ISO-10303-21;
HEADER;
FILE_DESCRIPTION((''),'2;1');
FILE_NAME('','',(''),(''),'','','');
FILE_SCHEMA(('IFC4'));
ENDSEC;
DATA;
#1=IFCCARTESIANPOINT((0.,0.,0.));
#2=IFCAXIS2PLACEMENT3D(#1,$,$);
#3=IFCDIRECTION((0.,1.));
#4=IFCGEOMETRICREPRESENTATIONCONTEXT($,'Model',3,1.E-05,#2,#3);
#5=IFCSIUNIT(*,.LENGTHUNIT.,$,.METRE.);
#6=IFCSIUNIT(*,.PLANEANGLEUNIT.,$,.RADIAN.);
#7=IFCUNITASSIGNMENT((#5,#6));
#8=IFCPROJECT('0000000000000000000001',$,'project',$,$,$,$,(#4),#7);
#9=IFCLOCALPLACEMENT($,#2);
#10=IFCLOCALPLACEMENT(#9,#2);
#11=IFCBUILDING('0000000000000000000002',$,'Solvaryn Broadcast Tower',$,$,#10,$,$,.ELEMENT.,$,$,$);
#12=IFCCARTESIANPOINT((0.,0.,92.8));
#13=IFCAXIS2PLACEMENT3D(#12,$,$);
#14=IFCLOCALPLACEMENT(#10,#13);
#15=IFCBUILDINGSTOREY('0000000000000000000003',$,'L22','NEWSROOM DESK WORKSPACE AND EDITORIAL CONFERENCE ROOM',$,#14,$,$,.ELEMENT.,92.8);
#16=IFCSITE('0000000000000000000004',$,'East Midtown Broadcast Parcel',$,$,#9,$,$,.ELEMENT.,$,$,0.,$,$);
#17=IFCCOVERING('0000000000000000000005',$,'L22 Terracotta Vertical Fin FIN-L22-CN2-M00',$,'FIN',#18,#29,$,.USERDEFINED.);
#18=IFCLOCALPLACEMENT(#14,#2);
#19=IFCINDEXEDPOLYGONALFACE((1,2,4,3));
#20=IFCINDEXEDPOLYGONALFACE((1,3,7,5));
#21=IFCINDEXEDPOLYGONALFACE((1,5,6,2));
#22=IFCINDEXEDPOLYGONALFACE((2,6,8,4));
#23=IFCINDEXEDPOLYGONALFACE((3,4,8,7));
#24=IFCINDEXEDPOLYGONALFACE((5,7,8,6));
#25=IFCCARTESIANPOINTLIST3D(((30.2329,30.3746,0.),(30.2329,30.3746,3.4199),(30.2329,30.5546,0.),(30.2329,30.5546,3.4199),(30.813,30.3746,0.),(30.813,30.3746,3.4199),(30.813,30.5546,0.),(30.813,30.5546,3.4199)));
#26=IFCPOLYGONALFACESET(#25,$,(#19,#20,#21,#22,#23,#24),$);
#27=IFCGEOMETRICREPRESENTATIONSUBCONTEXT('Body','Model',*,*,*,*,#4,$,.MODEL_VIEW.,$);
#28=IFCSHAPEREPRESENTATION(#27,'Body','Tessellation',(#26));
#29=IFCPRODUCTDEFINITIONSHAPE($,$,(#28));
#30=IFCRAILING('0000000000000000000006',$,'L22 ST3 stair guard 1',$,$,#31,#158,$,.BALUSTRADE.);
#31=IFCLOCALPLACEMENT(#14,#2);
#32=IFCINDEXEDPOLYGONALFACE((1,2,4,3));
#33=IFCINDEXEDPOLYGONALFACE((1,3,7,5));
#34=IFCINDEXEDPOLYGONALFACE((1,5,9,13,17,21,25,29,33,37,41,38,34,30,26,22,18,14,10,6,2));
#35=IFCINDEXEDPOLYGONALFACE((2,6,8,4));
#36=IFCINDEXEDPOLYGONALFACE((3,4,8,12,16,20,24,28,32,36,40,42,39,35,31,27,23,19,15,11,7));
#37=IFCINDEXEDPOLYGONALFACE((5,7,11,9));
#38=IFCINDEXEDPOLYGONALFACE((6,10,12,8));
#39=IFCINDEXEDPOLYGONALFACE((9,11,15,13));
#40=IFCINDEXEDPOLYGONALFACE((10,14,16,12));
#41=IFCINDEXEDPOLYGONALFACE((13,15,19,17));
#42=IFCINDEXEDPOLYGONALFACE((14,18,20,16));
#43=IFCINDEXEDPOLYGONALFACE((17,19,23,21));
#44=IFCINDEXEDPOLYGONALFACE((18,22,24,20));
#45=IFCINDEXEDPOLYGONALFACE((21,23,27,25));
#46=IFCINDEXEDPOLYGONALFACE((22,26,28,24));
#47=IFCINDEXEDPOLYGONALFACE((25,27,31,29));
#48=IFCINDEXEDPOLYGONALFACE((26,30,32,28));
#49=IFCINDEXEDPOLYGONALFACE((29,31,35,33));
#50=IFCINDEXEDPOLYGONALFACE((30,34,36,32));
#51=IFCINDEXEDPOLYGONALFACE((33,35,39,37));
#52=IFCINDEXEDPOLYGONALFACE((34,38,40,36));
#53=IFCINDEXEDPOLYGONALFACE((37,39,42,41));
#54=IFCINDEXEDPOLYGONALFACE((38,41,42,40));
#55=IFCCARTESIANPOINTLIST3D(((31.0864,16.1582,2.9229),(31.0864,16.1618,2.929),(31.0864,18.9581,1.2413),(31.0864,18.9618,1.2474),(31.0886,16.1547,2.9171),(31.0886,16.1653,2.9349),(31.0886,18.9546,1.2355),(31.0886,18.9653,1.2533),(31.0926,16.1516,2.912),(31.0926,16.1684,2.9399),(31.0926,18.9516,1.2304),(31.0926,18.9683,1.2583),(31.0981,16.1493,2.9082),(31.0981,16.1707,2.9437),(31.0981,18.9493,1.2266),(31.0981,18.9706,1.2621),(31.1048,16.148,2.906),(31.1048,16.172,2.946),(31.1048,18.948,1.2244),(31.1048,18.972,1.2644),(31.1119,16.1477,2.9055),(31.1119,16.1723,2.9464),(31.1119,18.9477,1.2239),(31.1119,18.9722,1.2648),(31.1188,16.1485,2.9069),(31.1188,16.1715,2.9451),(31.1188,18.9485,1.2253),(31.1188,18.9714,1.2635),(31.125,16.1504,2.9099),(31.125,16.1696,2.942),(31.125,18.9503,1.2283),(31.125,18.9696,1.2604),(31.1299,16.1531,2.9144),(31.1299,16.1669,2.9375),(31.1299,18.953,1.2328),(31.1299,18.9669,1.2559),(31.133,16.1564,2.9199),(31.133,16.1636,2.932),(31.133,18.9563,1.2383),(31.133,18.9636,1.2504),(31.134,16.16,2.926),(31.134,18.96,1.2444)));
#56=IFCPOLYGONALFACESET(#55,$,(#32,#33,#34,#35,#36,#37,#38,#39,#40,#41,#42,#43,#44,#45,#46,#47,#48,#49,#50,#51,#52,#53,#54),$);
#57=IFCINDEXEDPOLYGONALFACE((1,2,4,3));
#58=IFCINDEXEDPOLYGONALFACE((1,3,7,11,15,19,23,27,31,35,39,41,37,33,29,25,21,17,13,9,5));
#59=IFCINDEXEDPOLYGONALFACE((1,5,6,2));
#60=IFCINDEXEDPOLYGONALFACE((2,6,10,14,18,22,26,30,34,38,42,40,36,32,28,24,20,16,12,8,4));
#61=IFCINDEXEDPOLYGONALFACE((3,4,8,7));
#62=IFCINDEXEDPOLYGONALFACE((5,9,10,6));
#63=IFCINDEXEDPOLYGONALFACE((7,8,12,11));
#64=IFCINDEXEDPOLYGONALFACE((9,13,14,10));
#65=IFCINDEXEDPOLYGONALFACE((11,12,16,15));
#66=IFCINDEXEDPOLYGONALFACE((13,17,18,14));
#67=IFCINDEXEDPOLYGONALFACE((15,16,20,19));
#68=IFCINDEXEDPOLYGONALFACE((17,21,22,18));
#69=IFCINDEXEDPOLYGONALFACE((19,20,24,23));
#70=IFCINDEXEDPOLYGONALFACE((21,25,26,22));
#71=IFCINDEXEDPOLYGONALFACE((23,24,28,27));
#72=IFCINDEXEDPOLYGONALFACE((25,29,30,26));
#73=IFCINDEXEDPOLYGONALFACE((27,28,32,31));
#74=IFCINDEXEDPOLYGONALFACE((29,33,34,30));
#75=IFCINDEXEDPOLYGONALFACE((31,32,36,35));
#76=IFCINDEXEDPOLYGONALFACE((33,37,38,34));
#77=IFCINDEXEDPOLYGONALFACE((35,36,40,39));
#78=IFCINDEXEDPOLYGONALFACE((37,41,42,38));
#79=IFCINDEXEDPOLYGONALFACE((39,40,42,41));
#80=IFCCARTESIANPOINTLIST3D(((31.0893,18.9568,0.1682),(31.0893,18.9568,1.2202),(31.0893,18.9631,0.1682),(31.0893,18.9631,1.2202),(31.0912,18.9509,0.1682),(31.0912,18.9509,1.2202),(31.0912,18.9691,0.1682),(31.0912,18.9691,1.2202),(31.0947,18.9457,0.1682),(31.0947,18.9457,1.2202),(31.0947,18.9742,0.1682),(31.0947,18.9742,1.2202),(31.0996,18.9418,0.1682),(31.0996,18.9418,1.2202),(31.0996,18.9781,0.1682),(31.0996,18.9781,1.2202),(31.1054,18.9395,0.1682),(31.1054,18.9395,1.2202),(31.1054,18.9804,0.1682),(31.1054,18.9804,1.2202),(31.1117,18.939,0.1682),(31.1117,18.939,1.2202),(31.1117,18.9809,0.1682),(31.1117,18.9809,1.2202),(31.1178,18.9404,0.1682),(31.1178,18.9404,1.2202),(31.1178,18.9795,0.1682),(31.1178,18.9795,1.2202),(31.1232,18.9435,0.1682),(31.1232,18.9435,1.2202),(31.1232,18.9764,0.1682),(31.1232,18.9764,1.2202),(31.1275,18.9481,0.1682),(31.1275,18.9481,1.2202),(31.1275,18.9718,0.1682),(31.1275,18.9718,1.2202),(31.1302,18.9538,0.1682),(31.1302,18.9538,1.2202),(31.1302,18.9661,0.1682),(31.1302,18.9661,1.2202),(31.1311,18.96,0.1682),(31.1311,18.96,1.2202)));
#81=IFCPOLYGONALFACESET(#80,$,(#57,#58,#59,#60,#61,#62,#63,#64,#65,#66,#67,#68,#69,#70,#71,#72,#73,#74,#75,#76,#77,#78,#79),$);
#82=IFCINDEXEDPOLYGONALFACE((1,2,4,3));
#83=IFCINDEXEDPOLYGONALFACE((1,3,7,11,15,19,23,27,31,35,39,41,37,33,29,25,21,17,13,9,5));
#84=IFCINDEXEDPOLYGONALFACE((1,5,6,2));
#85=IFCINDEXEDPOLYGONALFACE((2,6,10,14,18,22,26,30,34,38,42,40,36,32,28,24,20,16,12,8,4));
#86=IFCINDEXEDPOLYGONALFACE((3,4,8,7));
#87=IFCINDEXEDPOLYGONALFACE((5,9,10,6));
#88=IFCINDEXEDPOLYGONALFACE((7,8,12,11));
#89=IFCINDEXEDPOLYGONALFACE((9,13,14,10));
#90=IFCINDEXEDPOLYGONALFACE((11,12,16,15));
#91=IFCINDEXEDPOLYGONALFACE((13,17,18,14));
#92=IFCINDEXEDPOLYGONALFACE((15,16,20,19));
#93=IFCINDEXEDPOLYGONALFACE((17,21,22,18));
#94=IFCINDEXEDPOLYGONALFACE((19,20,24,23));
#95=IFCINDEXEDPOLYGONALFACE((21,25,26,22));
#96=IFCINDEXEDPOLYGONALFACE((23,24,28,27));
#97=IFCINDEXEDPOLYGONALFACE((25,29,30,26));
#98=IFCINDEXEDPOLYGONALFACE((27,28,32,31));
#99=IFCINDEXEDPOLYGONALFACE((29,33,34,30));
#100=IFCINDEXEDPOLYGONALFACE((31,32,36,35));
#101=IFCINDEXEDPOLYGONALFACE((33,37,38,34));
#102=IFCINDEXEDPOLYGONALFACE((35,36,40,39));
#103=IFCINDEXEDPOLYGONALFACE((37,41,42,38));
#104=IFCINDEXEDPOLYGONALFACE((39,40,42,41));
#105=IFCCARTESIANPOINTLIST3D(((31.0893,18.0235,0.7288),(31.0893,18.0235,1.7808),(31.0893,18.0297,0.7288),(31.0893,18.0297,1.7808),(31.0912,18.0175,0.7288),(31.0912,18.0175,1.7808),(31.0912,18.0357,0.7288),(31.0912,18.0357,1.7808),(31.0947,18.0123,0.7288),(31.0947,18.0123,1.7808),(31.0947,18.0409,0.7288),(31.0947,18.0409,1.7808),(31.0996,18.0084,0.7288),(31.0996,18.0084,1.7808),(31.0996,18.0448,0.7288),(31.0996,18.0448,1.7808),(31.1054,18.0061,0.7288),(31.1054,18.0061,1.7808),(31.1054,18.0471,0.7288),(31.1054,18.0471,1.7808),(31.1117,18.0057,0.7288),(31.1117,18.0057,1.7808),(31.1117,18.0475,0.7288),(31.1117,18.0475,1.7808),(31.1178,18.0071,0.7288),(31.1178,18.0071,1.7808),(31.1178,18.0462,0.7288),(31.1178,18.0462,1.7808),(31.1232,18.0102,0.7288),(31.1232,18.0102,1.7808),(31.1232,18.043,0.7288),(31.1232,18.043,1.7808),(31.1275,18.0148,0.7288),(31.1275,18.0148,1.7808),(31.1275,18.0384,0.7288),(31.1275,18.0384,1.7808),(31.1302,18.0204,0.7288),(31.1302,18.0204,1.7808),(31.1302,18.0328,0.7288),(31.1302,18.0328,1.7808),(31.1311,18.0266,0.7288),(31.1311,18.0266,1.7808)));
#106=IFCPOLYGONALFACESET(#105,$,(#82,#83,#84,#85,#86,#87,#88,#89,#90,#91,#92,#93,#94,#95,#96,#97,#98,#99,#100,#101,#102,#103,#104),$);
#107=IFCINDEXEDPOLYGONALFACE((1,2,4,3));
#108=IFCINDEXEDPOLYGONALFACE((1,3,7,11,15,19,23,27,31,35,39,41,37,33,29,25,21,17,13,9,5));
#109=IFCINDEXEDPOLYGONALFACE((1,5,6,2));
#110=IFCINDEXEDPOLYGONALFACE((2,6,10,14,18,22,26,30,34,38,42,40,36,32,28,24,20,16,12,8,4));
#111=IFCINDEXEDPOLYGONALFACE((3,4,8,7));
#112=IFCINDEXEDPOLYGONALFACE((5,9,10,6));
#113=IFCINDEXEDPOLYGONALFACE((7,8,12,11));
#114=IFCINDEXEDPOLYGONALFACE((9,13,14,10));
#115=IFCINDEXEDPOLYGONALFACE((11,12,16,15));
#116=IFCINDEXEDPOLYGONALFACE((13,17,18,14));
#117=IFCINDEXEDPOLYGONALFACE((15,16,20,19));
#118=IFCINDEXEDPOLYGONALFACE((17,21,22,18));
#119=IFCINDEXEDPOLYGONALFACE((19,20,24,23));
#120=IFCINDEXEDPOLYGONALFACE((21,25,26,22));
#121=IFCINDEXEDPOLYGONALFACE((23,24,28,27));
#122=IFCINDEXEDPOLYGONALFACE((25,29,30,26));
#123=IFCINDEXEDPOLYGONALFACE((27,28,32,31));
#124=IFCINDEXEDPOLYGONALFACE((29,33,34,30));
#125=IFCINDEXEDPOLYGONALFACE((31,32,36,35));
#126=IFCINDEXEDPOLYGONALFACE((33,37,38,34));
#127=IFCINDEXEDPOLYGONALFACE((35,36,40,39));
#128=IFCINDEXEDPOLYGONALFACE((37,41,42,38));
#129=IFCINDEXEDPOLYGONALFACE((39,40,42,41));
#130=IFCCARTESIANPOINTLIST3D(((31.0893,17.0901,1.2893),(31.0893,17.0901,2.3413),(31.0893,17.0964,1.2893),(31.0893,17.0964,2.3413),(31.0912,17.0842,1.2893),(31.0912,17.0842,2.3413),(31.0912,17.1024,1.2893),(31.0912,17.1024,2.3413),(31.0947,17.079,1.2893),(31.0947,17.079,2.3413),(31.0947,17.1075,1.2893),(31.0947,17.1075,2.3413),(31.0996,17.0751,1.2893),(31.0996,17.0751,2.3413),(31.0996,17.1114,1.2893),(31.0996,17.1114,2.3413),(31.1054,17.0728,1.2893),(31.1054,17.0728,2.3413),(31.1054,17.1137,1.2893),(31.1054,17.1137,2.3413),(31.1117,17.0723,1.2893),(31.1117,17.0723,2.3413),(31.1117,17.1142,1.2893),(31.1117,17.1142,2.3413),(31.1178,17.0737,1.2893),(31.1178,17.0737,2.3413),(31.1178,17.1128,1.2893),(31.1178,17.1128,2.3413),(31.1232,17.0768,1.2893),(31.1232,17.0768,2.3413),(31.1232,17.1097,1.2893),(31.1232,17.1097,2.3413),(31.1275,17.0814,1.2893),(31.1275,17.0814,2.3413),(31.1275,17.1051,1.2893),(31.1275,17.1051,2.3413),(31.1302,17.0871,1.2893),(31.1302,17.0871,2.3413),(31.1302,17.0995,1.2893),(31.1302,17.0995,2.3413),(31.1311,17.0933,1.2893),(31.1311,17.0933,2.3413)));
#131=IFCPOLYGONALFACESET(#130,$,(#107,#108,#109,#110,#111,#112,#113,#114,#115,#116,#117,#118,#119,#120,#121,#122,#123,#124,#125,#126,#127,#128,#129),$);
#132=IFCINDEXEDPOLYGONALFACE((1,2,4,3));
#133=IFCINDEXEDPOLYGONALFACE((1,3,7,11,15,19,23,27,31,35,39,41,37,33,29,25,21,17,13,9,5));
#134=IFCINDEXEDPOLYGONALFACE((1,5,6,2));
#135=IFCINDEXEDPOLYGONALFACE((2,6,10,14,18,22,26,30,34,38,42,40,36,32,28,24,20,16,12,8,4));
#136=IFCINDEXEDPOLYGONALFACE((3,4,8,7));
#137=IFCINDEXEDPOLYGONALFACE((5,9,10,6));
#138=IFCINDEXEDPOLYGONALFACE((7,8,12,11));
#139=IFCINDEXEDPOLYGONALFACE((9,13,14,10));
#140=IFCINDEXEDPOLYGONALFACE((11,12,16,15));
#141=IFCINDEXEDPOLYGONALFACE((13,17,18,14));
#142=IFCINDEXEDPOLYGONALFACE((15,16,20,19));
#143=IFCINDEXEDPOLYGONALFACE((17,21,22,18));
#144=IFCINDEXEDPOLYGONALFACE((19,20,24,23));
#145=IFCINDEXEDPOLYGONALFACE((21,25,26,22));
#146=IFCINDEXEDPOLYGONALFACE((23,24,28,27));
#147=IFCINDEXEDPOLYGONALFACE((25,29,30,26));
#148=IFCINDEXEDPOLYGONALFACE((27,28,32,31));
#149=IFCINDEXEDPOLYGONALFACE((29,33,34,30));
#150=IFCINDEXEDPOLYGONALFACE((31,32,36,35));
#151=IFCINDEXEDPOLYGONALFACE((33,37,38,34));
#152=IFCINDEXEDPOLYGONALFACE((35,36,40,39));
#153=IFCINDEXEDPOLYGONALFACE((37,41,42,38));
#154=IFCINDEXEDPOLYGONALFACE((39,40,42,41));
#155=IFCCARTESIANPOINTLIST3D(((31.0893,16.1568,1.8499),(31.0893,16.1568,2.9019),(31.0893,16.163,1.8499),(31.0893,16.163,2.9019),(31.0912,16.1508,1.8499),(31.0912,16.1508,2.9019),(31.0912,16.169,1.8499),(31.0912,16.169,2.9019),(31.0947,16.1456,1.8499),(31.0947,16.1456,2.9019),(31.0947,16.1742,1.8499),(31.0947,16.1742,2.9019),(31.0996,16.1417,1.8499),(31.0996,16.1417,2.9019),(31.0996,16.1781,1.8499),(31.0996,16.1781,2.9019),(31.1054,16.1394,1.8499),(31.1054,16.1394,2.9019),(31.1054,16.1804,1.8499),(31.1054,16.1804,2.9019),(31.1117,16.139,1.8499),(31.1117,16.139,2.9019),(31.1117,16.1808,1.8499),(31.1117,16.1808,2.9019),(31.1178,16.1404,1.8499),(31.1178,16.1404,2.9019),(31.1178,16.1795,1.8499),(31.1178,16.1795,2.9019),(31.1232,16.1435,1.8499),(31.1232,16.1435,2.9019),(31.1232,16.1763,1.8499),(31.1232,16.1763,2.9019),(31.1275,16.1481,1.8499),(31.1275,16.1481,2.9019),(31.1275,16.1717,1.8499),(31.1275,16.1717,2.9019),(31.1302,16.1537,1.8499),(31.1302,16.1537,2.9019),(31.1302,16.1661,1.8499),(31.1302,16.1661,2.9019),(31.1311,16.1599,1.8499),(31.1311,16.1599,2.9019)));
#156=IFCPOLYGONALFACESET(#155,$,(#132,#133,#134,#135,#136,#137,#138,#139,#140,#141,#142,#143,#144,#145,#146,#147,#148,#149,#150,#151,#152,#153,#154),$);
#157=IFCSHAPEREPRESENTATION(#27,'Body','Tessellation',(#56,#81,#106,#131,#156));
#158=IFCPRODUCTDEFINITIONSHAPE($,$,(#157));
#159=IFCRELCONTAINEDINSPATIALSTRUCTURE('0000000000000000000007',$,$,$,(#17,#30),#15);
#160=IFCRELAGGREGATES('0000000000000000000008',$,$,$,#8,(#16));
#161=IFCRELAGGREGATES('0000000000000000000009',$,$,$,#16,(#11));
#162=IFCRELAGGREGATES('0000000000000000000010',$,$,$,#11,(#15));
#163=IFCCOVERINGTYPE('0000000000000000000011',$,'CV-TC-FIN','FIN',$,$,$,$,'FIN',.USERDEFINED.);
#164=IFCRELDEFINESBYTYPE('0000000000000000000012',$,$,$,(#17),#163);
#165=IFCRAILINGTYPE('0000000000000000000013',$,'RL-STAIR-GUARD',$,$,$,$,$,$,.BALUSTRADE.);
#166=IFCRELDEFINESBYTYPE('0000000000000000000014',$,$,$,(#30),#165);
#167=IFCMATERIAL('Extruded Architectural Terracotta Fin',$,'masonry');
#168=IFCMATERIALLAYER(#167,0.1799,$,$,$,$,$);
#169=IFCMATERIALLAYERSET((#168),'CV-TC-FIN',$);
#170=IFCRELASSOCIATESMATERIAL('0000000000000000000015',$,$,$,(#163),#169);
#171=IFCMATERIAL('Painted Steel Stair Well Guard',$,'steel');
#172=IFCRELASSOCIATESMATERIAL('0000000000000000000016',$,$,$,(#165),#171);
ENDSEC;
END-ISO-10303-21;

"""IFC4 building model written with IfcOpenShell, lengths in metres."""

from ifc_helpers import new_model, si_unit, direction, frame, origin, origin_2d, place, context, subcontext, project, spatial, rectangle, circle, extrude, material, layer, layer_set, type_object, element, save


model = new_model("IFC4")

# Units and contexts
model_context = context("Model", 3, precision=1e-05, world=origin(), true_north=direction((0.0, 1.0)))
body_context = subcontext(model_context, "Body", "Model", "MODEL_VIEW")
ifc_project = project(units=[si_unit("LENGTHUNIT", "METRE"), si_unit("PLANEANGLEUNIT", "RADIAN")], contexts=[model_context])

# Site, building, storey
site_placement = place(None, origin())
site = spatial("IfcSite", under=ifc_project, at=site_placement, Name="East Midtown Broadcast Parcel", CompositionType="ELEMENT", RefElevation=0.0)
building_placement = place(site_placement, origin())
building = spatial("IfcBuilding", under=site, at=building_placement, Name="Solvaryn Broadcast Tower", CompositionType="ELEMENT")
storey_placement = place(building_placement, frame((0.0, 0.0, 92.8)))
storey = spatial("IfcBuildingStorey", under=building, at=storey_placement, Name="L22", Description="NEWSROOM DESK WORKSPACE AND EDITORIAL CONFERENCE ROOM", CompositionType="ELEMENT", Elevation=92.8)

# Covering
ifc_material_1 = material(Name="Extruded Architectural Terracotta Fin", Category="masonry")
ifc_layer_1 = layer(ifc_material_1, 0.1799)
ifc_layer_set_1 = layer_set([ifc_layer_1], Name="CV-TC-FIN")
covering_type_1 = type_object("IfcCoveringType", Name="CV-TC-FIN", Description="FIN", ElementType="FIN", PredefinedType="USERDEFINED", material=ifc_layer_set_1)
covering_1_placement = place(storey_placement, frame((30.5229, 30.4646, 0.0), z_axis=(0.0, 0.0, 1.0), x_axis=(1.0, 0.0, 0.0)))
element("IfcCovering", 1, at=covering_1_placement, inside=storey, type_object=covering_type_1, Name="L22 Terracotta Vertical Fin FIN-L22-CN2-M00", ObjectType="FIN", PredefinedType="USERDEFINED", context=body_context, shape_type="SweptSolid", body=[
    extrude(rectangle(XDim=0.5801, YDim=0.1799, at=origin_2d()), origin(), (0.0, 0.0, 1.0), 3.4199),
])

# Railing
ifc_material_2 = material(Name="Painted Steel Stair Well Guard", Category="steel")
railing_type_1 = type_object("IfcRailingType", Name="RL-STAIR-GUARD", PredefinedType="BALUSTRADE", material=ifc_material_2)
railing_1_placement = place(storey_placement, frame((31.1101, 18.96, 0.1682)))
element("IfcRailing", 2, at=railing_1_placement, inside=storey, type_object=railing_type_1, Name="L22 ST3 stair guard 1", PredefinedType="BALUSTRADE", context=body_context, shape_type="SweptSolid", body=[
    extrude(circle(Radius=0.0239, at=origin_2d()), frame((0.0, 0.0, 1.0762), z_axis=(0.0, -0.857275, 0.514858), x_axis=(1.0, 0.0, 0.0)), (0.0, 0.0, 1.0), 3.2661),
    extrude(circle(Radius=0.021, at=origin_2d()), origin(), (0.0, 0.0, 1.0), 1.052),
    extrude(circle(Radius=0.021, at=origin_2d()), frame((0.0, -0.9333, 0.5605)), (0.0, 0.0, 1.0), 1.052),
    extrude(circle(Radius=0.021, at=origin_2d()), frame((0.0, -1.8667, 1.1211)), (0.0, 0.0, 1.0), 1.052),
    extrude(circle(Radius=0.021, at=origin_2d()), frame((0.0, -2.8, 1.6816)), (0.0, 0.0, 1.0), 1.052),
])

save(model, "model.ifc")
